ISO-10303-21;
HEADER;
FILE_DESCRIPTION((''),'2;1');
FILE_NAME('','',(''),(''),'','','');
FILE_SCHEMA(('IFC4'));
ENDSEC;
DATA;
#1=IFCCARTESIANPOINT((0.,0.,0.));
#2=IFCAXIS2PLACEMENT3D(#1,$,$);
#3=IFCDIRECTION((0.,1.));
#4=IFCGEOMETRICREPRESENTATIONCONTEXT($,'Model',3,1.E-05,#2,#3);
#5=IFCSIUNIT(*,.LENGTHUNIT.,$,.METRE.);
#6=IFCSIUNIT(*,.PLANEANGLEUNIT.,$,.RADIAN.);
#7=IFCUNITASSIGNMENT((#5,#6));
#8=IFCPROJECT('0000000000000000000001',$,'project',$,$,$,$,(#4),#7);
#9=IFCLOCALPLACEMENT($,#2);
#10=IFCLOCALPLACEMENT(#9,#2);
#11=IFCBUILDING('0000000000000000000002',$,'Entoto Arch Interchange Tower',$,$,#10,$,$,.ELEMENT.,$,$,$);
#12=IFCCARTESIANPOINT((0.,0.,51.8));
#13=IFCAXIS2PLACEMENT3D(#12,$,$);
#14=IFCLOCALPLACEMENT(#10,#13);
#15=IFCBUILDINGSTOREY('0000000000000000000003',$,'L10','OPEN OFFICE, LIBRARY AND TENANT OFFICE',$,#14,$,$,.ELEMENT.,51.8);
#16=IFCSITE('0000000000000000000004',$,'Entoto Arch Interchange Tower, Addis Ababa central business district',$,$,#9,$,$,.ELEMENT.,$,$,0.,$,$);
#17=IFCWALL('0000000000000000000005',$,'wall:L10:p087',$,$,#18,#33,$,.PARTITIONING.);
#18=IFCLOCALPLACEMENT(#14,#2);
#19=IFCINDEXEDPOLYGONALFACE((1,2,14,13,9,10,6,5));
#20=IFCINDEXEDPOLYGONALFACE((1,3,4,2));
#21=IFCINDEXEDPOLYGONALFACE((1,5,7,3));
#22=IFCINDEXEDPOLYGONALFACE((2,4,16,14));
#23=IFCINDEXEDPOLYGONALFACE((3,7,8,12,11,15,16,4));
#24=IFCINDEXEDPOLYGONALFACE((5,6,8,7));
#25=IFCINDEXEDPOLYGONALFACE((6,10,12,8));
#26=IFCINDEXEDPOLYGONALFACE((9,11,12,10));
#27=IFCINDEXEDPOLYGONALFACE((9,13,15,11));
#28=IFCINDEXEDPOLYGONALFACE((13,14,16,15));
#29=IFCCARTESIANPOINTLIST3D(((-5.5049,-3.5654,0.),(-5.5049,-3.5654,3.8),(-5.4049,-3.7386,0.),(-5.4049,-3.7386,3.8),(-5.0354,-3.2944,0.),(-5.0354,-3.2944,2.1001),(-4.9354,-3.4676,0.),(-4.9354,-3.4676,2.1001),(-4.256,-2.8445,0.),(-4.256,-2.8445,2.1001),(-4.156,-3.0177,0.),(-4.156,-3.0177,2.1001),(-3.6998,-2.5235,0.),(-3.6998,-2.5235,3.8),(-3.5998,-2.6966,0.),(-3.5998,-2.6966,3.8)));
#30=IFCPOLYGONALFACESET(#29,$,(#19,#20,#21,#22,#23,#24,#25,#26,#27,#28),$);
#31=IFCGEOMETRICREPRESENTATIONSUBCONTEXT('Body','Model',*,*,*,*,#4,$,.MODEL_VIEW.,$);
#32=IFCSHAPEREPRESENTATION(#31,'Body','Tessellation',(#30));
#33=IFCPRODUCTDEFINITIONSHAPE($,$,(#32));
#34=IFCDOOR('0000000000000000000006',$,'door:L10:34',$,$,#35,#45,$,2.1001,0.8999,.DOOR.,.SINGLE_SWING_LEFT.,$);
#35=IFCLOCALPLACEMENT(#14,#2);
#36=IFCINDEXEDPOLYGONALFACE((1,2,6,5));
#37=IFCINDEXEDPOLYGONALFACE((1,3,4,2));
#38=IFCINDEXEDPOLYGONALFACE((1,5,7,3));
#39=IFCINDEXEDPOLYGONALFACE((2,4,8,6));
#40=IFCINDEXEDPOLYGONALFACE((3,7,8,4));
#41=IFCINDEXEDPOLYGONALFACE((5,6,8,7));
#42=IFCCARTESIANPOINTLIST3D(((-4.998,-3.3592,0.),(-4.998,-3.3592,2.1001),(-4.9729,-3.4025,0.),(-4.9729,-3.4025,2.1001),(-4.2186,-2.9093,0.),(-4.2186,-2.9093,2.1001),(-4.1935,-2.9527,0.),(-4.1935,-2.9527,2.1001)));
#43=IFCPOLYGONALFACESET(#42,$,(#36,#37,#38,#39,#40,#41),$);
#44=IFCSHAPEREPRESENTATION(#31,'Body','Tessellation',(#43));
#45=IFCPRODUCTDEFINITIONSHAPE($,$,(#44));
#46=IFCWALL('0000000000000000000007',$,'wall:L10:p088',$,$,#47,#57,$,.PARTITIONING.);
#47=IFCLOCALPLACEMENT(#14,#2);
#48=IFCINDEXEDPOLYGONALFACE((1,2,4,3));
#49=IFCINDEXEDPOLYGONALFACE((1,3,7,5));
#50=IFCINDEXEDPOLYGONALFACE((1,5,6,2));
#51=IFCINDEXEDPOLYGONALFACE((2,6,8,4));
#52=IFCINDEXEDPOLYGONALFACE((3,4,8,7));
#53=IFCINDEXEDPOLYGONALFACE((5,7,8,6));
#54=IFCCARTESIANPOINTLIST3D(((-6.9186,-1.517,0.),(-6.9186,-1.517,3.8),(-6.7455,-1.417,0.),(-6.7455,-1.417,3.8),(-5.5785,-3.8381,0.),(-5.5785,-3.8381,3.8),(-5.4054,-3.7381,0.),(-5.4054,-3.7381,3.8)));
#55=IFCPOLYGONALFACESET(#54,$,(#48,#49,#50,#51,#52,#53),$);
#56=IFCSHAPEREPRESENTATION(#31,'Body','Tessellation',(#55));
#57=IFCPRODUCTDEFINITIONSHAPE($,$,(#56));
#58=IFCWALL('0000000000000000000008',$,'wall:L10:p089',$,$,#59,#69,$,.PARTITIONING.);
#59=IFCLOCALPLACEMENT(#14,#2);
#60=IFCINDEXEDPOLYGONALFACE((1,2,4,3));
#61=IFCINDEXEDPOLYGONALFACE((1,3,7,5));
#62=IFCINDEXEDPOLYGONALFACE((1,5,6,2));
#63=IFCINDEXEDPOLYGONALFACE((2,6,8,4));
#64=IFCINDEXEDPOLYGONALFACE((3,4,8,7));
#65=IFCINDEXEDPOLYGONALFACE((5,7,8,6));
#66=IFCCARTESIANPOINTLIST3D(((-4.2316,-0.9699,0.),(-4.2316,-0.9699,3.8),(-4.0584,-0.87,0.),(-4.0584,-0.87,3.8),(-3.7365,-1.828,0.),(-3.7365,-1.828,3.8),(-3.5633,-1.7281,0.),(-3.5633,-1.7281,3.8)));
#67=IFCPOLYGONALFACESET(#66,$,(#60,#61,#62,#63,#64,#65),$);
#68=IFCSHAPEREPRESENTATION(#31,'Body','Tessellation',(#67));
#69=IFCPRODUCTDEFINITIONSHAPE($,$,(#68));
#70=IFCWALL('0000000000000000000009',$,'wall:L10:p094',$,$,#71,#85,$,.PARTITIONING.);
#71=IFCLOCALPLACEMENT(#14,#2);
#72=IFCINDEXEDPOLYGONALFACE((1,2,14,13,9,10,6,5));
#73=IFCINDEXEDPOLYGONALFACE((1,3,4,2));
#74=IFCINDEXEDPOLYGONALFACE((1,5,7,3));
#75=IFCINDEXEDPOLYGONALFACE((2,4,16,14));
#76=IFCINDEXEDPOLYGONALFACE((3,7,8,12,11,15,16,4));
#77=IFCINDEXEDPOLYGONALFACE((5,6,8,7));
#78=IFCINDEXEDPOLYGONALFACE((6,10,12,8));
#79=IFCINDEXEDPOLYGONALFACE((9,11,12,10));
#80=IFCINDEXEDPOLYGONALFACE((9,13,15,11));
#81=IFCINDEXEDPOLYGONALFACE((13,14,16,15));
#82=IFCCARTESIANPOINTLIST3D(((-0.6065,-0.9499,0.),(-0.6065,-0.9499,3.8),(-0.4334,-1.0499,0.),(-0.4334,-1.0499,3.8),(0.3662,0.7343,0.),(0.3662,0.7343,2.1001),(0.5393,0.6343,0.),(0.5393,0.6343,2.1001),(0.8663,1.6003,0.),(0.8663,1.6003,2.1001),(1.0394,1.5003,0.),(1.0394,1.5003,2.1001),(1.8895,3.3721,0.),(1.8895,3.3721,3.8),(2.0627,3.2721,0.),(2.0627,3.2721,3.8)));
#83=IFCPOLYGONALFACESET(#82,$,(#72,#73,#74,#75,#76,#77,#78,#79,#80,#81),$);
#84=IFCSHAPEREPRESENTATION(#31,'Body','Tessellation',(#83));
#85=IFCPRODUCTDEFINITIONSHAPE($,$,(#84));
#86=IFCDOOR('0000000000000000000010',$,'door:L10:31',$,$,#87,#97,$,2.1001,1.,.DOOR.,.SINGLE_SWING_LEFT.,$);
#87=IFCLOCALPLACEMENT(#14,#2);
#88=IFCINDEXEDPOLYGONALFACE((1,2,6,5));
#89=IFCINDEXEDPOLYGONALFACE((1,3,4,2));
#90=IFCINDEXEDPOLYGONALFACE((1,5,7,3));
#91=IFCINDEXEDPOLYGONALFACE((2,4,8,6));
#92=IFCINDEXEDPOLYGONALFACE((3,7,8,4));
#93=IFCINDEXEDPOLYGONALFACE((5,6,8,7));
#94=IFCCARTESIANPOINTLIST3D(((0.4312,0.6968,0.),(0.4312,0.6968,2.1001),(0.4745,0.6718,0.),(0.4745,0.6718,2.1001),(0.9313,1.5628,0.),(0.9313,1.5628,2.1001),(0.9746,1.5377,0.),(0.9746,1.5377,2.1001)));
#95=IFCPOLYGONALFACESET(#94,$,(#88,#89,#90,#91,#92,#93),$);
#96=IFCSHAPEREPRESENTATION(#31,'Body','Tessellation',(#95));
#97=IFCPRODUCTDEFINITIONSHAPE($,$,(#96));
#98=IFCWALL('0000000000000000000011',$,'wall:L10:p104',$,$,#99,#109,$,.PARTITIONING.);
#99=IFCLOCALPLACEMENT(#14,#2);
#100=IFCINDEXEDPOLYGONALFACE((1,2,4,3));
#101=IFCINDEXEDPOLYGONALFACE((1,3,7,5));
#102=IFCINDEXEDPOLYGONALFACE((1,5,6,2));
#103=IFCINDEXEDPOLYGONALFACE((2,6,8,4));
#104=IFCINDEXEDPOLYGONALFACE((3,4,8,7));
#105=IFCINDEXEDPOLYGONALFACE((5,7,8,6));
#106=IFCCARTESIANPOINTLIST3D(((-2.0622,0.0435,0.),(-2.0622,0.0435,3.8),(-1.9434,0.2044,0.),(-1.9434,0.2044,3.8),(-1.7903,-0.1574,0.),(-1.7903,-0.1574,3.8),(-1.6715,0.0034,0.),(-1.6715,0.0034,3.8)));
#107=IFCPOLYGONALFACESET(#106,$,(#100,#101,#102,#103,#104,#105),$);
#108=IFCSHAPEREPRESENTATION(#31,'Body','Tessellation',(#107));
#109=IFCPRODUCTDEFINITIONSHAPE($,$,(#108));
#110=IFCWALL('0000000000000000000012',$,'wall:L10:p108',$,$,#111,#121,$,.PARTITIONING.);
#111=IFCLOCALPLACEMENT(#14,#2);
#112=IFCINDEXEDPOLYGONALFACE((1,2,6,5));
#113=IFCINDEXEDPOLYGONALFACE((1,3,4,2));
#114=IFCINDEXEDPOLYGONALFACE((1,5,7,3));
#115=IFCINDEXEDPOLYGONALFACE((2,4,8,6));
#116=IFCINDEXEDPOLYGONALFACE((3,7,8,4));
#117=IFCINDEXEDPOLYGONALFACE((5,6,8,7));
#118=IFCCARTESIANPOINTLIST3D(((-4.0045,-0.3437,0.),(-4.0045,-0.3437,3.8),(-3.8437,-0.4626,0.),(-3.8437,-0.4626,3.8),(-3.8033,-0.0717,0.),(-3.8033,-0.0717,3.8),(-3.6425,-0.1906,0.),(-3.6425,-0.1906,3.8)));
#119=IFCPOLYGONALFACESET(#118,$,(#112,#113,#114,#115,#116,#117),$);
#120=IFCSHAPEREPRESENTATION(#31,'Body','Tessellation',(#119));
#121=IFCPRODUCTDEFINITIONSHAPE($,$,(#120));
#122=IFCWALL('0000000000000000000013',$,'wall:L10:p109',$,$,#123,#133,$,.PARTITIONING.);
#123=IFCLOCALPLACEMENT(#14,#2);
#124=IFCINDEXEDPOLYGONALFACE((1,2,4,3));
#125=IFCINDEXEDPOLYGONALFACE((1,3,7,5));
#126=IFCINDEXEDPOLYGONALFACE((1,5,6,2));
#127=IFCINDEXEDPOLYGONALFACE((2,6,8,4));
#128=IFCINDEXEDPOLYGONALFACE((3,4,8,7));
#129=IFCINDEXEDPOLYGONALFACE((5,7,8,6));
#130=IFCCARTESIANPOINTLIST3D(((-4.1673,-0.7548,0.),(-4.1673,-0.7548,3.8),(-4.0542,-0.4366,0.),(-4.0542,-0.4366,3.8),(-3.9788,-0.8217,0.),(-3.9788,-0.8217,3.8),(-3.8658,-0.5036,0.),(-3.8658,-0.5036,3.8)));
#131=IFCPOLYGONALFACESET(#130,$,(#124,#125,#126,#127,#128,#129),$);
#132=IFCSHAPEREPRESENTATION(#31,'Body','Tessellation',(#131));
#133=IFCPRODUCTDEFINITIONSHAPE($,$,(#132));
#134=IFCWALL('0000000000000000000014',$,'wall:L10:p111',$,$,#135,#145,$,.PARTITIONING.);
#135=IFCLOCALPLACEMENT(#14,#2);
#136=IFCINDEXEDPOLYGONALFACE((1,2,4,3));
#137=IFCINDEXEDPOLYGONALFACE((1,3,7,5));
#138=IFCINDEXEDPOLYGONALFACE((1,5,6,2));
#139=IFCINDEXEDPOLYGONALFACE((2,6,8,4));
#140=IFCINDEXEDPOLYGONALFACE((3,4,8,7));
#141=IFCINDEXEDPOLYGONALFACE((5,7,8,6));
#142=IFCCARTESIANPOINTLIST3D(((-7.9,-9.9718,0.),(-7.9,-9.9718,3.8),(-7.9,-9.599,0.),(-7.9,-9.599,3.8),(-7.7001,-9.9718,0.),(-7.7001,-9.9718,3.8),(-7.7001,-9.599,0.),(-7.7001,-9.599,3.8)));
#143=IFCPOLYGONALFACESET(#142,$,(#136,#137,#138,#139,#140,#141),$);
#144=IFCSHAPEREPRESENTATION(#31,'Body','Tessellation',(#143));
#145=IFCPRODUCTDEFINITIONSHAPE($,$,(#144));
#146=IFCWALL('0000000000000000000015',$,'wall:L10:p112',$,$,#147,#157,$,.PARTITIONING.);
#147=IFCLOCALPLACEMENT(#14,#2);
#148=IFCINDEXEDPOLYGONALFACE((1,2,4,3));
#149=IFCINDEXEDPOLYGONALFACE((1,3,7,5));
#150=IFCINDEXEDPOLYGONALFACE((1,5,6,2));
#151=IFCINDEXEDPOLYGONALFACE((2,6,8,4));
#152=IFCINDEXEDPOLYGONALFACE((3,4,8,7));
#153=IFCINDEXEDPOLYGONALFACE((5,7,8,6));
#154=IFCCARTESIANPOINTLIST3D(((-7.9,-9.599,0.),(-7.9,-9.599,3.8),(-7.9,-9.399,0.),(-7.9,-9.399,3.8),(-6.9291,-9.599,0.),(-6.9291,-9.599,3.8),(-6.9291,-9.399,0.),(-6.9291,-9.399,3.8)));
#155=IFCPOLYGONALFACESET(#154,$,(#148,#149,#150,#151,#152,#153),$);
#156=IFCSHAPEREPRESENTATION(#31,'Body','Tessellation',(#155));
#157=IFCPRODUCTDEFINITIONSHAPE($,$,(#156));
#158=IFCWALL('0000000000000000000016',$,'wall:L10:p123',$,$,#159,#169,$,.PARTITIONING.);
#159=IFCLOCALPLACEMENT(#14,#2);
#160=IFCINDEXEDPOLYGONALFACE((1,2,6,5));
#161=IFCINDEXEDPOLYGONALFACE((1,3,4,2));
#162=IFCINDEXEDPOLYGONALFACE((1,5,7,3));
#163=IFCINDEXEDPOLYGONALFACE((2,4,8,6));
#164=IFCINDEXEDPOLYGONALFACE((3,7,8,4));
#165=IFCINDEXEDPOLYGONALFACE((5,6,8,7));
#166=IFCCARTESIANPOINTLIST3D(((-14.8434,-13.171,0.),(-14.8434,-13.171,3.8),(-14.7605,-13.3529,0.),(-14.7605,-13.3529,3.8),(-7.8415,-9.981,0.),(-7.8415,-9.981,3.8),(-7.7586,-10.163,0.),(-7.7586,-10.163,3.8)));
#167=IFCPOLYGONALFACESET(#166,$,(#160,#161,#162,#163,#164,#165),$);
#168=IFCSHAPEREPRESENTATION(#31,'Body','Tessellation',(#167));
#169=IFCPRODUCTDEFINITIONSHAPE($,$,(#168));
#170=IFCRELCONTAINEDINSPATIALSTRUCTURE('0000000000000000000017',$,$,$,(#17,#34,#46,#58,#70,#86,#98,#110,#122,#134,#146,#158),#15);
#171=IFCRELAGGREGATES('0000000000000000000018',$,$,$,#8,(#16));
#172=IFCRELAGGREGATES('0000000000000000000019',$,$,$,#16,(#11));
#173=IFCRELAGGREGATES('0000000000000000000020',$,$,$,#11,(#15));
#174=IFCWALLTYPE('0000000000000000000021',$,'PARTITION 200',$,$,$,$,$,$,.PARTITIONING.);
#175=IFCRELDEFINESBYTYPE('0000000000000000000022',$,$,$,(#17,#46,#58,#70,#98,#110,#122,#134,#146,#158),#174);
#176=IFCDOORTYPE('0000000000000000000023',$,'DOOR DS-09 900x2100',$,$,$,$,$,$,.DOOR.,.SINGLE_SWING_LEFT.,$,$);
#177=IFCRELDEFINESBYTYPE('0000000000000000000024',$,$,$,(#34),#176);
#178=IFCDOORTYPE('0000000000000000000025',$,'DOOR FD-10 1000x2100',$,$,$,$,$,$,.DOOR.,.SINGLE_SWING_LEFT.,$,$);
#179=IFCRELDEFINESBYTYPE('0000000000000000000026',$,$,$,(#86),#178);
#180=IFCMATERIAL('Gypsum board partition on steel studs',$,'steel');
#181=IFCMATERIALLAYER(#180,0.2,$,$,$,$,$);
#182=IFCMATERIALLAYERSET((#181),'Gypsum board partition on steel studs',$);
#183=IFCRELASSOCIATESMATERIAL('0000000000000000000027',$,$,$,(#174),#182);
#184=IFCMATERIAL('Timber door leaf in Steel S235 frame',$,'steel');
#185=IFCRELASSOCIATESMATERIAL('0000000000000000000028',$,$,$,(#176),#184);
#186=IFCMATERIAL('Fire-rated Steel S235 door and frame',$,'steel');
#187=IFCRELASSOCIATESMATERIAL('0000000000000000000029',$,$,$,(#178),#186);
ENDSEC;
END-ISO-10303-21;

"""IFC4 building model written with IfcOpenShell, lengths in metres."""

from ifc_helpers import new_model, si_unit, direction, frame, frame_2d, origin, place, context, subcontext, project, spatial, rectangle, extrude, material, layer, layer_set, type_object, element, fill, save


model = new_model("IFC4")

# Units and contexts
model_context = context("Model", 3, precision=1e-05, world=origin(), true_north=direction((0.0, 1.0)))
body_context = subcontext(model_context, "Body", "Model", "MODEL_VIEW")
ifc_project = project(units=[si_unit("LENGTHUNIT", "METRE"), si_unit("PLANEANGLEUNIT", "RADIAN")], contexts=[model_context])

# Site, building, storey
site_placement = place(None, origin())
site = spatial("IfcSite", under=ifc_project, at=site_placement, Name="Entoto Arch Interchange Tower, Addis Ababa central business district", CompositionType="ELEMENT", RefElevation=0.0)
building_placement = place(site_placement, origin())
building = spatial("IfcBuilding", under=site, at=building_placement, Name="Entoto Arch Interchange Tower", CompositionType="ELEMENT")
storey_placement = place(building_placement, frame((0.0, 0.0, 51.8)))
storey = spatial("IfcBuildingStorey", under=building, at=storey_placement, Name="L10", Description="OPEN OFFICE, LIBRARY AND TENANT OFFICE", CompositionType="ELEMENT", Elevation=51.8)

# Shared definitions
ifc_material_1 = material(Name="Gypsum board partition on steel studs", Category="steel")
ifc_layer_1 = layer(ifc_material_1, 0.2)
ifc_layer_set_1 = layer_set([ifc_layer_1], Name="Gypsum board partition on steel studs")
wall_type_1 = type_object("IfcWallType", Name="PARTITION 200", PredefinedType="PARTITIONING", material=ifc_layer_set_1)

# Wall, opening, door
wall_1_placement = place(storey_placement, frame((-3.6499, -2.6101, 0.0), z_axis=(0.0, 0.0, 1.0), x_axis=(-0.866072, -0.499918, 0.0)))
wall_1 = element("IfcWall", 1, at=wall_1_placement, inside=storey, type_object=wall_type_1, Name="wall:L10:p087", PredefinedType="PARTITIONING", context=body_context, shape_type="SweptSolid", body=[
    extrude(rectangle(XDim=2.0842, YDim=0.2, at=frame_2d((1.042, 0.0))), origin(), (0.0, 0.0, 1.0), 3.8),
])
opening_1_placement = place(wall_1_placement, frame((0.6421, 0.0, 0.0)))
opening_1 = element("IfcOpeningElement", 2, at=opening_1_placement, cuts=wall_1, PredefinedType="OPENING", context=body_context, shape_type="SweptSolid", body=[
    extrude(rectangle(XDim=0.8999, YDim=2.1001, at=frame_2d((0.45, 1.05))), frame((0.0, 0.1099, 0.0), z_axis=(0.0, -1.0, 0.0), x_axis=(1.0, 0.0, 0.0)), (0.0, 0.0, 1.0), 0.22),
])
ifc_material_2 = material(Name="Timber door leaf in Steel S235 frame", Category="steel")
door_type_1 = type_object("IfcDoorType", Name="DOOR DS-09 900x2100", OperationType="SINGLE_SWING_LEFT", PredefinedType="DOOR", material=ifc_material_2)
door_1_placement = place(opening_1_placement, origin())
door_1 = element("IfcDoor", 3, at=door_1_placement, inside=storey, type_object=door_type_1, Name="door:L10:34", OperationType="SINGLE_SWING_LEFT", OverallHeight=2.1001, OverallWidth=0.8999, PredefinedType="DOOR", context=body_context, shape_type="SweptSolid", body=[
    extrude(rectangle(XDim=0.8999, YDim=2.1001, at=frame_2d((0.45, 1.05))), frame((0.0, 0.0249, 0.0), z_axis=(0.0, -1.0, 0.0), x_axis=(1.0, 0.0, 0.0)), (0.0, 0.0, 1.0), 0.05),
])
fill(opening_1, door_1)

# Walls
wall_2_placement = place(storey_placement, frame((-5.4919, -3.7881, 0.0), z_axis=(0.0, 0.0, 1.0), x_axis=(-0.500009, 0.86602, 0.0)))
element("IfcWall", 4, at=wall_2_placement, inside=storey, type_object=wall_type_1, Name="wall:L10:p088", PredefinedType="PARTITIONING", context=body_context, shape_type="SweptSolid", body=[
    extrude(rectangle(XDim=2.6802, YDim=0.2, at=frame_2d((1.3401, 0.0))), origin(), (0.0, 0.0, 1.0), 3.8),
])
wall_3_placement = place(storey_placement, frame((-4.145, -0.9199, 0.0), z_axis=(0.0, 0.0, 1.0), x_axis=(0.499744, -0.866173, 0.0)))
element("IfcWall", 5, at=wall_3_placement, inside=storey, type_object=wall_type_1, Name="wall:L10:p089", PredefinedType="PARTITIONING", context=body_context, shape_type="SweptSolid", body=[
    extrude(rectangle(XDim=0.9907, YDim=0.2, at=frame_2d((0.4954, 0.0))), origin(), (0.0, 0.0, 1.0), 3.8),
])

# Wall, opening, door
wall_4_placement = place(storey_placement, frame((-0.52, -1.0, 0.0), z_axis=(0.0, 0.0, 1.0), x_axis=(0.500116, 0.865958, 0.0)))
wall_4 = element("IfcWall", 6, at=wall_4_placement, inside=storey, type_object=wall_type_1, Name="wall:L10:p094", PredefinedType="PARTITIONING", context=body_context, shape_type="SweptSolid", body=[
    extrude(rectangle(XDim=4.991, YDim=0.2, at=frame_2d((2.4956, 0.0))), origin(), (0.0, 0.0, 1.0), 3.8),
])
opening_2_placement = place(wall_4_placement, frame((1.9451, 0.0, 0.0)))
opening_2 = element("IfcOpeningElement", 7, at=opening_2_placement, cuts=wall_4, PredefinedType="OPENING", context=body_context, shape_type="SweptSolid", body=[
    extrude(rectangle(XDim=1.0, YDim=2.1001, at=frame_2d((0.5, 1.05))), frame((0.0, 0.1099, 0.0), z_axis=(0.0, -1.0, 0.0), x_axis=(1.0, 0.0, 0.0)), (0.0, 0.0, 1.0), 0.22),
])
ifc_material_3 = material(Name="Fire-rated Steel S235 door and frame", Category="steel")
door_type_2 = type_object("IfcDoorType", Name="DOOR FD-10 1000x2100", OperationType="SINGLE_SWING_LEFT", PredefinedType="DOOR", material=ifc_material_3)
door_2_placement = place(opening_2_placement, origin())
door_2 = element("IfcDoor", 8, at=door_2_placement, inside=storey, type_object=door_type_2, Name="door:L10:31", OperationType="SINGLE_SWING_LEFT", OverallHeight=2.1001, OverallWidth=1.0, PredefinedType="DOOR", context=body_context, shape_type="SweptSolid", body=[
    extrude(rectangle(XDim=1.0, YDim=2.1001, at=frame_2d((0.5, 1.05))), frame((0.0, 0.0249, 0.0), z_axis=(0.0, -1.0, 0.0), x_axis=(1.0, 0.0, 0.0)), (0.0, 0.0, 1.0), 0.05),
])
fill(opening_2, door_2)

# Walls
wall_5_placement = place(storey_placement, frame((-1.731, -0.0769, 0.0), z_axis=(0.0, 0.0, 1.0), x_axis=(-0.804311, 0.594208, 0.0)))
element("IfcWall", 9, at=wall_5_placement, inside=storey, type_object=wall_type_1, Name="wall:L10:p104", PredefinedType="PARTITIONING", context=body_context, shape_type="SweptSolid", body=[
    extrude(rectangle(XDim=0.3381, YDim=0.2, at=frame_2d((0.1689, 0.0))), origin(), (0.0, 0.0, 1.0), 3.8),
])
wall_6_placement = place(storey_placement, frame((-3.7229, -0.1311, 0.0), z_axis=(0.0, 0.0, 1.0), x_axis=(-0.594675, -0.803966, 0.0)))
element("IfcWall", 10, at=wall_6_placement, inside=storey, type_object=wall_type_1, Name="wall:L10:p108", PredefinedType="PARTITIONING", context=body_context, shape_type="SweptSolid", body=[
    extrude(rectangle(XDim=0.3384, YDim=0.2, at=frame_2d((0.1692, 0.0))), origin(), (0.0, 0.0, 1.0), 3.8),
])
wall_7_placement = place(storey_placement, frame((-3.96, -0.47, 0.0), z_axis=(0.0, 0.0, 1.0), x_axis=(-0.334824, -0.942281, 0.0)))
element("IfcWall", 11, at=wall_7_placement, inside=storey, type_object=wall_type_1, Name="wall:L10:p109", PredefinedType="PARTITIONING", context=body_context, shape_type="SweptSolid", body=[
    extrude(rectangle(XDim=0.3376, YDim=0.2, at=frame_2d((0.1689, 0.0))), origin(), (0.0, 0.0, 1.0), 3.8),
])
wall_8_placement = place(storey_placement, frame((-7.8, -9.9719, 0.0), z_axis=(0.0, 0.0, 1.0), x_axis=(0.0, 1.0, 0.0)))
element("IfcWall", 12, at=wall_8_placement, inside=storey, type_object=wall_type_1, Name="wall:L10:p111", PredefinedType="PARTITIONING", context=body_context, shape_type="SweptSolid", body=[
    extrude(rectangle(XDim=0.3728, YDim=0.2, at=frame_2d((0.1865, 0.0))), origin(), (0.0, 0.0, 1.0), 3.8),
])
wall_9_placement = place(storey_placement, frame((-7.8999, -9.499, 0.0), z_axis=(0.0, 0.0, 1.0), x_axis=(1.0, 0.0, 0.0)))
element("IfcWall", 13, at=wall_9_placement, inside=storey, type_object=wall_type_1, Name="wall:L10:p112", PredefinedType="PARTITIONING", context=body_context, shape_type="SweptSolid", body=[
    extrude(rectangle(XDim=0.9709, YDim=0.2, at=frame_2d((0.4854, 0.0))), origin(), (0.0, 0.0, 1.0), 3.8),
])
wall_10_placement = place(storey_placement, frame((-7.8, -10.072, 0.0), z_axis=(0.0, 0.0, 1.0), x_axis=(-0.910012, -0.414582, 0.0)))
element("IfcWall", 14, at=wall_10_placement, inside=storey, type_object=wall_type_1, Name="wall:L10:p123", PredefinedType="PARTITIONING", context=body_context, shape_type="SweptSolid", body=[
    extrude(rectangle(XDim=7.6943, YDim=0.2, at=frame_2d((3.8472, 0.0))), origin(), (0.0, 0.0, 1.0), 3.8),
])

save(model, "model.ifc")
